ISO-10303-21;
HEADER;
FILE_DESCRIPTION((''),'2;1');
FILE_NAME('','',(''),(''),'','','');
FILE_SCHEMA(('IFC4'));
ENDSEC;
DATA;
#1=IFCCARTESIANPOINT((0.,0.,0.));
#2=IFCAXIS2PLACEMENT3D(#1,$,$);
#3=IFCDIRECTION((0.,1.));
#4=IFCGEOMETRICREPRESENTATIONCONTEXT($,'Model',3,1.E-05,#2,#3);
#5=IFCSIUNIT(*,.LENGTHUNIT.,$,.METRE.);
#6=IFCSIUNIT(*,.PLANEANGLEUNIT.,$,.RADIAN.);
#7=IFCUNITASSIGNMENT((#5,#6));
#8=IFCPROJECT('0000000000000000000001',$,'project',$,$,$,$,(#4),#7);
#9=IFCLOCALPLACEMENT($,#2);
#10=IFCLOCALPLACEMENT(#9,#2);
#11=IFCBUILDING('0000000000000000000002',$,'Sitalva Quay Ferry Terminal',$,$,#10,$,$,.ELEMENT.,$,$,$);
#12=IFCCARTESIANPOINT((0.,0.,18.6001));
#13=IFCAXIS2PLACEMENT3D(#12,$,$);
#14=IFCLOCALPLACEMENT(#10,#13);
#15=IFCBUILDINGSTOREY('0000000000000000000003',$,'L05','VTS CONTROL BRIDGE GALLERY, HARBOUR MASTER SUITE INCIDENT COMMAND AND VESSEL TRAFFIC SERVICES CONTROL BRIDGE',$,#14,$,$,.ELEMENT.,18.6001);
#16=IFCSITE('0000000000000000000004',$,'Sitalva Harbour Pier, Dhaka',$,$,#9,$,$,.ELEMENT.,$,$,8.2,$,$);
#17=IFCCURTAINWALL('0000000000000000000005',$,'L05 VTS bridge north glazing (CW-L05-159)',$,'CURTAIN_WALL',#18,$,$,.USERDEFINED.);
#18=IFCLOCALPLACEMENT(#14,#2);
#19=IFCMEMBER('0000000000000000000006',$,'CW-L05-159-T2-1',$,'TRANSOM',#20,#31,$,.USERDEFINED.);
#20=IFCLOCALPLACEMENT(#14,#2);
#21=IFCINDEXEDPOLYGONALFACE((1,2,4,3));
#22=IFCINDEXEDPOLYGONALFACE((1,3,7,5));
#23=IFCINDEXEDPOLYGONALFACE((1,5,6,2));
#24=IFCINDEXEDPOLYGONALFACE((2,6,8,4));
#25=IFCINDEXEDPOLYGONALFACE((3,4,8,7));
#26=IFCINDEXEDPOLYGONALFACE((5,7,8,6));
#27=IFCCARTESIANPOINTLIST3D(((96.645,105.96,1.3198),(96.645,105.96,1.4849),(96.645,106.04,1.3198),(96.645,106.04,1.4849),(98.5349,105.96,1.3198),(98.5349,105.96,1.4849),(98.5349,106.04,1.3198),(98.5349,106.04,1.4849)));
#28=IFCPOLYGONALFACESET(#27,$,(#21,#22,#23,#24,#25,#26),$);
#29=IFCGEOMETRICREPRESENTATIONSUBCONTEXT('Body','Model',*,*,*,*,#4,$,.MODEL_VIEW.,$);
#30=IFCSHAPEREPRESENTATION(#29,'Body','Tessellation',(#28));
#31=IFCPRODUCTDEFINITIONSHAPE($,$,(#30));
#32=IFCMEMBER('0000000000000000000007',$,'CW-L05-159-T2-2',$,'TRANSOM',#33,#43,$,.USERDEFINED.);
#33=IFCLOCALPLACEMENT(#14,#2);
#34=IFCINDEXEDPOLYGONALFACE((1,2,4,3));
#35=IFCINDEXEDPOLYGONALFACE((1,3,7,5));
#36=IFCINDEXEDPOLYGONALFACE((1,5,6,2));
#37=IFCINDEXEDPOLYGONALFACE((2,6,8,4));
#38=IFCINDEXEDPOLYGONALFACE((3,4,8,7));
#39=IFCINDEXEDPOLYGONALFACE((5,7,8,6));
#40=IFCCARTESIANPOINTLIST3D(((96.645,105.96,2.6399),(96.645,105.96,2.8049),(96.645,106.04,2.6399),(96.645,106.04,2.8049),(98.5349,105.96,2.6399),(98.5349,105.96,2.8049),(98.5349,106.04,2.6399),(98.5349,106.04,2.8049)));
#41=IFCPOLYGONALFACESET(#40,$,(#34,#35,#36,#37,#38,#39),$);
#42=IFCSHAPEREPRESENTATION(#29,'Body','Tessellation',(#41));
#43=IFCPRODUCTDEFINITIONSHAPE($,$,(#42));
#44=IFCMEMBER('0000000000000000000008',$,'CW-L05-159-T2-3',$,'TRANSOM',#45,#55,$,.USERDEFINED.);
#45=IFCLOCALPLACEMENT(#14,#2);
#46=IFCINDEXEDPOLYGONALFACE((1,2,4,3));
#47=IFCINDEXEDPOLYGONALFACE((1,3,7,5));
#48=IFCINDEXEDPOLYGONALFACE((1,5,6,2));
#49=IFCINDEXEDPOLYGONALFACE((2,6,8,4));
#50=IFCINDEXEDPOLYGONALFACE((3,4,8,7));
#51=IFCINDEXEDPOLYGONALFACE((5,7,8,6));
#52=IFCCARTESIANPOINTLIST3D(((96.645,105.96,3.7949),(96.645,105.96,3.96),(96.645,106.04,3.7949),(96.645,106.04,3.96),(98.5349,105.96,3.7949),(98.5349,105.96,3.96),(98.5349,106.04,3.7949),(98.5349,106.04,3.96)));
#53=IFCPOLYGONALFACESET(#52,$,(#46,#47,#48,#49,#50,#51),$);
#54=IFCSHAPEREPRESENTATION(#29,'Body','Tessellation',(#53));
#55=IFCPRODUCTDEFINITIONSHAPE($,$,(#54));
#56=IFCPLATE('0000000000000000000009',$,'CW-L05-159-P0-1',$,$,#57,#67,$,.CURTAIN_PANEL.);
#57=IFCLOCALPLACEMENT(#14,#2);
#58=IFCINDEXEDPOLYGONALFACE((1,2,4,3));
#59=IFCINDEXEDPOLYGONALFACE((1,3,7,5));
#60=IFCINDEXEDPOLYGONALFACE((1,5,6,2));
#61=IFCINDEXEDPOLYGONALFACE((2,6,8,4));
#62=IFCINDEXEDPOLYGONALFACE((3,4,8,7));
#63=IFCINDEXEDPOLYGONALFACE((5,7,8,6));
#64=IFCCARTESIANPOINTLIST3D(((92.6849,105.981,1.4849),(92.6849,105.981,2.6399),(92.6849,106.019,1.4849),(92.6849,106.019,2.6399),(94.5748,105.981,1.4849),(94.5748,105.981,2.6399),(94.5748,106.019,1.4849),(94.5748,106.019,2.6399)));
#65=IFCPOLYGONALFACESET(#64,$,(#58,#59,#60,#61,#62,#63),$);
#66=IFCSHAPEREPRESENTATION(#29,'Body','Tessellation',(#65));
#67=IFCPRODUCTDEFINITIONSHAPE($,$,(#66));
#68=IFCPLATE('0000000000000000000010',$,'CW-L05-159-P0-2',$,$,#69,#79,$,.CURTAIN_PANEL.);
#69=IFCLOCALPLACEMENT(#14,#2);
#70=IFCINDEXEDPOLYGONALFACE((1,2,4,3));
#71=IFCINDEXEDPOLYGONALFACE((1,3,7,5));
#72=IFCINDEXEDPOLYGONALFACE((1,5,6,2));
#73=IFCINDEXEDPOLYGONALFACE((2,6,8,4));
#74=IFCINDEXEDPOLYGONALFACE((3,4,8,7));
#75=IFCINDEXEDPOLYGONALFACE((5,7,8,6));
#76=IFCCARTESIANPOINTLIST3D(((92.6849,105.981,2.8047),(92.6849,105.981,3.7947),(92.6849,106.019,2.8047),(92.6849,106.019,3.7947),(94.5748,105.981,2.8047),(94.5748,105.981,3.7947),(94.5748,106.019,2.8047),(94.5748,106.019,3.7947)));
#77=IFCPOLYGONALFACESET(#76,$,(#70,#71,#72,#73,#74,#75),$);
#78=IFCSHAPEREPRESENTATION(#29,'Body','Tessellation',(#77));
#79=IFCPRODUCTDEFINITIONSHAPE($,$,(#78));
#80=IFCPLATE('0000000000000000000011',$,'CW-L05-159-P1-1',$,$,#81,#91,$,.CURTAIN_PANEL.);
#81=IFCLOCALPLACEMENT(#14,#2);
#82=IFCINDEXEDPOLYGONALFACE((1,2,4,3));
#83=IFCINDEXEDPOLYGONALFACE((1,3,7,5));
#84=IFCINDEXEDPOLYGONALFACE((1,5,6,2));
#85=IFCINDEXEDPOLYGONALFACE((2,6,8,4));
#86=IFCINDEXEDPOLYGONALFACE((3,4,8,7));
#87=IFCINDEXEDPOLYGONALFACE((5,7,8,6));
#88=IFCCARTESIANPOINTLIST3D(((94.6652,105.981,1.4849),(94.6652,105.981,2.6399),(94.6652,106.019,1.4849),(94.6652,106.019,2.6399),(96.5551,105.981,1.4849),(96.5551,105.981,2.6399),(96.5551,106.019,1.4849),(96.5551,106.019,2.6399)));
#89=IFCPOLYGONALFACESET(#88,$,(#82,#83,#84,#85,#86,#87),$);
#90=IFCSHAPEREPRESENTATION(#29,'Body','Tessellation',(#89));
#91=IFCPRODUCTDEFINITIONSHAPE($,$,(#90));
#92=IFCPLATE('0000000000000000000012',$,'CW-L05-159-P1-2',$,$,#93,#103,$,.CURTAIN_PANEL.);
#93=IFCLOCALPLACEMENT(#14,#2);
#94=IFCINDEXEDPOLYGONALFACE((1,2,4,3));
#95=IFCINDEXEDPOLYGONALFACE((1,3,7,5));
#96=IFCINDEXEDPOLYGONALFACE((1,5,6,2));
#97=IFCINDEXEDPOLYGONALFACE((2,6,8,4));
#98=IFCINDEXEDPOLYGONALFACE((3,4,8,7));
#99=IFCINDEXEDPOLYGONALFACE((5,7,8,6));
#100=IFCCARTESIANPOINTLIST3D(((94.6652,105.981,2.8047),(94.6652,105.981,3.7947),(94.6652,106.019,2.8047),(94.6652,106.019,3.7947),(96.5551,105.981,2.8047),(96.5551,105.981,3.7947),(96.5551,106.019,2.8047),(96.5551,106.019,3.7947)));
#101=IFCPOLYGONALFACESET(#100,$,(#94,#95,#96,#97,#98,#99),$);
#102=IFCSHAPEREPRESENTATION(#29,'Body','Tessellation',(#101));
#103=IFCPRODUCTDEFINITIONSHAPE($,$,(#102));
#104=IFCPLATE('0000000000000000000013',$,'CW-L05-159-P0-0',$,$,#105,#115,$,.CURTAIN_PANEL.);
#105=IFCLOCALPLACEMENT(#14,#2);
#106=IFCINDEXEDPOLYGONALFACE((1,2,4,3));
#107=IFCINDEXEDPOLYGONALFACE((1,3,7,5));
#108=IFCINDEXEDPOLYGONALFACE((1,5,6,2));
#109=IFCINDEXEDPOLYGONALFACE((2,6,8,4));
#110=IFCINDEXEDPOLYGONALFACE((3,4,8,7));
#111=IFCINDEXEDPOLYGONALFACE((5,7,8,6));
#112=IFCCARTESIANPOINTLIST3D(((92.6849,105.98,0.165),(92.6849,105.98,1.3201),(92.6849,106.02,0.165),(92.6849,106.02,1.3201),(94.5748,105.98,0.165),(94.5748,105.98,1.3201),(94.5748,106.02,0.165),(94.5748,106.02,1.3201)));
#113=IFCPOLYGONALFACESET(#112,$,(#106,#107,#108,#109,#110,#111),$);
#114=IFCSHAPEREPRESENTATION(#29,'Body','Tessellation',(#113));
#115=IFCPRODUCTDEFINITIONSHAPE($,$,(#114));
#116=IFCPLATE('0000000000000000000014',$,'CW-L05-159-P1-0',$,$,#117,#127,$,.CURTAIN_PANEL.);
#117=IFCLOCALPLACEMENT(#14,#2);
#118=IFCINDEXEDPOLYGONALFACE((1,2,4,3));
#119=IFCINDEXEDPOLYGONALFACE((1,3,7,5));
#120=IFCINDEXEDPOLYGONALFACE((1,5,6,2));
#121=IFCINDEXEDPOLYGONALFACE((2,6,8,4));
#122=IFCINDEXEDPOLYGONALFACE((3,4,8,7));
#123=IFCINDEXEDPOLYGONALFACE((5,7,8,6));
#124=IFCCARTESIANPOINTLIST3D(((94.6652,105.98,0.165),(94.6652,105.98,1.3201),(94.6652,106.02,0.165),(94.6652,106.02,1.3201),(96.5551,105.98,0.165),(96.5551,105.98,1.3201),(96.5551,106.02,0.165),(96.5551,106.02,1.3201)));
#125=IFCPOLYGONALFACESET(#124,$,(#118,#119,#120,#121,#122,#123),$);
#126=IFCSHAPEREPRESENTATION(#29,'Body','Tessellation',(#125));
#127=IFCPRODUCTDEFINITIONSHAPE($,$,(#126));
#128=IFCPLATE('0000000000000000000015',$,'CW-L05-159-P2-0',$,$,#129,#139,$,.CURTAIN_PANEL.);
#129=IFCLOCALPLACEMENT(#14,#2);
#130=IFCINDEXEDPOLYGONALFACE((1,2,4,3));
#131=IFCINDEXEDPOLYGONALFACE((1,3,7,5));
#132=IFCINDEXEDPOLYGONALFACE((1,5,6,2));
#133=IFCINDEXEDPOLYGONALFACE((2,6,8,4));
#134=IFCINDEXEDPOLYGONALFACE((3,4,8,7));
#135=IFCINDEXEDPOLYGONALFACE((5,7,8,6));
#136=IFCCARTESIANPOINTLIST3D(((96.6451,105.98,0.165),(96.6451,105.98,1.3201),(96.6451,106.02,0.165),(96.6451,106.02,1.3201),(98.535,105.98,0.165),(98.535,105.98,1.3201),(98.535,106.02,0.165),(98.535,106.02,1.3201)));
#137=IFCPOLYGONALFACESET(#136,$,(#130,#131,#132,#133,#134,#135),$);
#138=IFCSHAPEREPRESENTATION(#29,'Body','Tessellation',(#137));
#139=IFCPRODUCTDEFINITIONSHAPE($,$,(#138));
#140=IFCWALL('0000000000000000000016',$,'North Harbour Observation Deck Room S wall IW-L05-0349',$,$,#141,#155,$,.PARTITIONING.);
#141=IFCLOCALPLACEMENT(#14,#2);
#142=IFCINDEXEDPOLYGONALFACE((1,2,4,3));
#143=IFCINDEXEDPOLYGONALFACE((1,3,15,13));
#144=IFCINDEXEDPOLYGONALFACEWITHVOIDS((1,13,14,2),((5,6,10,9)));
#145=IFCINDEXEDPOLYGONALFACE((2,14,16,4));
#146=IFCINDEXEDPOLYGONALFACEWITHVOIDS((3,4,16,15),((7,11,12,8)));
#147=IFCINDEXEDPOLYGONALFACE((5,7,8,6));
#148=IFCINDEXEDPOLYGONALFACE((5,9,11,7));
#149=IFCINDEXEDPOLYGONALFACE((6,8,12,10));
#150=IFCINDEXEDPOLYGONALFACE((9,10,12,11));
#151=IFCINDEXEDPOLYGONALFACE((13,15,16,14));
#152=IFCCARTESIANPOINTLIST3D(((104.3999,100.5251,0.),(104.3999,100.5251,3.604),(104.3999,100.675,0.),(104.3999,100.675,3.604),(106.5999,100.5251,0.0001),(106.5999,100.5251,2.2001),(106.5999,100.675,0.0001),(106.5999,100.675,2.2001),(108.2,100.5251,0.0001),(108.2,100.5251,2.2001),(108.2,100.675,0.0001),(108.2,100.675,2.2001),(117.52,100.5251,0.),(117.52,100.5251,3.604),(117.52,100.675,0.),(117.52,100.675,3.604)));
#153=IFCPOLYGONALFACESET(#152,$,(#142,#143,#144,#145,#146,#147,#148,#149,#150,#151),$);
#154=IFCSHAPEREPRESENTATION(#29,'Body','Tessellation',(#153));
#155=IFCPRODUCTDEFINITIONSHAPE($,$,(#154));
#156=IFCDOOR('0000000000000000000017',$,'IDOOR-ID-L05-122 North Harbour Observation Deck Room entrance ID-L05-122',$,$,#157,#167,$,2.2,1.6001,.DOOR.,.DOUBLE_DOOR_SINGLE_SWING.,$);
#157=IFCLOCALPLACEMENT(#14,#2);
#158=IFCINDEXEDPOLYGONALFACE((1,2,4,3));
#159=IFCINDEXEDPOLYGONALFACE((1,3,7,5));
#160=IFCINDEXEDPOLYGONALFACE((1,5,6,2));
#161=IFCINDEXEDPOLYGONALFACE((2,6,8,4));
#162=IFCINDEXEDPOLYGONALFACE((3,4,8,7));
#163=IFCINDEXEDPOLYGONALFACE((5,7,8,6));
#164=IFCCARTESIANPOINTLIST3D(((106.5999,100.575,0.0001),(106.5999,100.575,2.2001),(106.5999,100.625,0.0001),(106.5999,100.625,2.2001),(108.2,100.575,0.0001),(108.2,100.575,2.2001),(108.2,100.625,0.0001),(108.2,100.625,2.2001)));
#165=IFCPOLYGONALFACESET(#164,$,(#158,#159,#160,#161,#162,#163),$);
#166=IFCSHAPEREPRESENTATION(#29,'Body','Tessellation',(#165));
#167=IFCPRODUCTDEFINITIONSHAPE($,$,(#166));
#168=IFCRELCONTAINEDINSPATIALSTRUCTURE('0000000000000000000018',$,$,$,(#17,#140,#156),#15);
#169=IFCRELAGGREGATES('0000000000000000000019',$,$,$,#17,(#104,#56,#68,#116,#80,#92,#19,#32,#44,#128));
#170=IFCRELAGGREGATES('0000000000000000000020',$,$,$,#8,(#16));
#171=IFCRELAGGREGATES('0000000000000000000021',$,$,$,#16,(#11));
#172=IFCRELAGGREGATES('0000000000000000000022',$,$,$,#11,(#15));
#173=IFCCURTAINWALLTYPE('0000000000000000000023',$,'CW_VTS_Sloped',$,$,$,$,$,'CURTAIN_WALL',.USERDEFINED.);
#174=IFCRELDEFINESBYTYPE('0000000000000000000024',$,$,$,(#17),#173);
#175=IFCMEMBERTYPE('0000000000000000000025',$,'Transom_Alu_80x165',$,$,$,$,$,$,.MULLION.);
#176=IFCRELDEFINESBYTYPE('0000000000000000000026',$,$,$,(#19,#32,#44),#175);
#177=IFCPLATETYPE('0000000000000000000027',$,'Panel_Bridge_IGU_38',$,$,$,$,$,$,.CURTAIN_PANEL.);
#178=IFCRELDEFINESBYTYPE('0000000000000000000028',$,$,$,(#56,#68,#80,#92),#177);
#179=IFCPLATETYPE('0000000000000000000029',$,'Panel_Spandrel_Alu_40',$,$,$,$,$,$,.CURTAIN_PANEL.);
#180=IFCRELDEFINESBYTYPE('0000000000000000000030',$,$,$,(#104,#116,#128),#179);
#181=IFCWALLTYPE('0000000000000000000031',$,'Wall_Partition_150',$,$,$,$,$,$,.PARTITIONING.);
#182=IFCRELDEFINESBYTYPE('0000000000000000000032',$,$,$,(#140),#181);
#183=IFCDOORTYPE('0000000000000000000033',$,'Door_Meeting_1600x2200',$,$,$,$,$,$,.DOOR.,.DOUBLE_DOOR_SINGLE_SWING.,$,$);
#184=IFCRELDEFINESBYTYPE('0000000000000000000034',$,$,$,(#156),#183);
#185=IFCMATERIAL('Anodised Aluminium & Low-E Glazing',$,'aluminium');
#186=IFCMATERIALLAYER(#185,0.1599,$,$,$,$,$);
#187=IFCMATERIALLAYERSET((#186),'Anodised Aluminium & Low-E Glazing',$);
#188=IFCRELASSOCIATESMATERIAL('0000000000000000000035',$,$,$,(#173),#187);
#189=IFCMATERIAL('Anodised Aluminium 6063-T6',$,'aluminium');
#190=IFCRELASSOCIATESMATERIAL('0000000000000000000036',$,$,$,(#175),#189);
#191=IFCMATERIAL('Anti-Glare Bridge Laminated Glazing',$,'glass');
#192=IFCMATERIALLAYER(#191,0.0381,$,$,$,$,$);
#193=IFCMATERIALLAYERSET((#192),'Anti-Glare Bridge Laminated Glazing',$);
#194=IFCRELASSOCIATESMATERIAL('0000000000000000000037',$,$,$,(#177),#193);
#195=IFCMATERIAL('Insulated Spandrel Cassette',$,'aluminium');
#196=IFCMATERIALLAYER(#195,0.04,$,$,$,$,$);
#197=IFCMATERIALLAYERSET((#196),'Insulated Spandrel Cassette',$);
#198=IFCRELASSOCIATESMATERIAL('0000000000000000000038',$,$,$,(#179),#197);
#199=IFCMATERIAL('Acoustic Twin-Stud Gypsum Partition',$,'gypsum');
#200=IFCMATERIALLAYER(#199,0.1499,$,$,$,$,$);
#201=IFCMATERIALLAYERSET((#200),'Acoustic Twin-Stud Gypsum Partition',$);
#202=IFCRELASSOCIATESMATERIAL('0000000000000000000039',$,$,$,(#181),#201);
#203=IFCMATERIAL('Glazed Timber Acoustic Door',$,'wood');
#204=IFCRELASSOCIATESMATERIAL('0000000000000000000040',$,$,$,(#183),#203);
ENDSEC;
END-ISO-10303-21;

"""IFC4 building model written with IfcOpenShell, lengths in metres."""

from ifc_helpers import new_model, si_unit, direction, frame, frame_2d, origin, origin_2d, place, context, subcontext, project, spatial, rectangle, extrude, material, layer, layer_set, material_profile, profile_set, type_object, element, fill, aggregate, save


model = new_model("IFC4")

# Units and contexts
model_context = context("Model", 3, precision=1e-05, world=origin(), true_north=direction((0.0, 1.0)))
body_context = subcontext(model_context, "Body", "Model", "MODEL_VIEW")
ifc_project = project(units=[si_unit("LENGTHUNIT", "METRE"), si_unit("PLANEANGLEUNIT", "RADIAN")], contexts=[model_context])

# Site, building, storey
site_placement = place(None, origin())
site = spatial("IfcSite", under=ifc_project, at=site_placement, Name="Sitalva Harbour Pier, Dhaka", CompositionType="ELEMENT", RefElevation=8.2)
building_placement = place(site_placement, origin())
building = spatial("IfcBuilding", under=site, at=building_placement, Name="Sitalva Quay Ferry Terminal", CompositionType="ELEMENT")
storey_placement = place(building_placement, frame((0.0, 0.0, 18.6001)))
storey = spatial("IfcBuildingStorey", under=building, at=storey_placement, Name="L05", Description="VTS CONTROL BRIDGE GALLERY, HARBOUR MASTER SUITE INCIDENT COMMAND AND VESSEL TRAFFIC SERVICES CONTROL BRIDGE", CompositionType="ELEMENT", Elevation=18.6001)

# Curtain wall, members, plates
ifc_material_1 = material(Name="Anodised Aluminium & Low-E Glazing", Category="aluminium")
ifc_layer_1 = layer(ifc_material_1, 0.1599)
ifc_layer_set_1 = layer_set([ifc_layer_1], Name="Anodised Aluminium & Low-E Glazing")
curtain_wall_type = type_object("IfcCurtainWallType", Name="CW_VTS_Sloped", ElementType="CURTAIN_WALL", PredefinedType="USERDEFINED", material=ifc_layer_set_1)
curtain_wall_placement = place(storey_placement, origin())
curtain_wall = element("IfcCurtainWall", 1, at=curtain_wall_placement, inside=storey, type_object=curtain_wall_type, Name="L05 VTS bridge north glazing (CW-L05-159)", ObjectType="CURTAIN_WALL", PredefinedType="USERDEFINED")
ifc_material_2 = material(Name="Anodised Aluminium 6063-T6", Category="aluminium")
ifc_material_profile_1 = material_profile(ifc_material_2, rectangle(XDim=0.0801, YDim=0.165, at=origin_2d()), Name="ALU80x165")
ifc_profile_set_1 = profile_set([ifc_material_profile_1], Name="Anodised Aluminium 6063-T6")
member_type_1 = type_object("IfcMemberType", Name="Transom_Alu_80x165", PredefinedType="MULLION", material=ifc_profile_set_1)
member_1_placement = place(storey_placement, frame((96.645, 106.0, 1.4023), z_axis=(1.0, 0.0, 0.0), x_axis=(0.0, 1.0, 0.0)))
member_1 = element("IfcMember", 2, at=member_1_placement, type_object=member_type_1, Name="CW-L05-159-T2-1", ObjectType="TRANSOM", PredefinedType="USERDEFINED", context=body_context, shape_type="SweptSolid", body=[
    extrude(rectangle(XDim=0.0801, YDim=0.165, at=origin_2d()), origin(), (0.0, 0.0, 1.0), 1.8899),
])
member_2_placement = place(storey_placement, frame((96.645, 106.0, 2.7224), z_axis=(1.0, 0.0, 0.0), x_axis=(0.0, 1.0, 0.0)))
member_2 = element("IfcMember", 3, at=member_2_placement, type_object=member_type_1, Name="CW-L05-159-T2-2", ObjectType="TRANSOM", PredefinedType="USERDEFINED", context=body_context, shape_type="SweptSolid", body=[
    extrude(rectangle(XDim=0.0801, YDim=0.165, at=origin_2d()), origin(), (0.0, 0.0, 1.0), 1.8899),
])
member_3_placement = place(storey_placement, frame((96.645, 106.0, 3.8774), z_axis=(1.0, 0.0, 0.0), x_axis=(0.0, 1.0, 0.0)))
member_3 = element("IfcMember", 4, at=member_3_placement, type_object=member_type_1, Name="CW-L05-159-T2-3", ObjectType="TRANSOM", PredefinedType="USERDEFINED", context=body_context, shape_type="SweptSolid", body=[
    extrude(rectangle(XDim=0.0801, YDim=0.165, at=origin_2d()), origin(), (0.0, 0.0, 1.0), 1.8899),
])
ifc_material_3 = material(Name="Anti-Glare Bridge Laminated Glazing", Category="glass")
ifc_layer_2 = layer(ifc_material_3, 0.0381)
ifc_layer_set_2 = layer_set([ifc_layer_2], Name="Anti-Glare Bridge Laminated Glazing")
plate_type_1 = type_object("IfcPlateType", Name="Panel_Bridge_IGU_38", PredefinedType="CURTAIN_PANEL", material=ifc_layer_set_2)
plate_1_placement = place(storey_placement, frame((93.6299, 106.0, 1.4849), z_axis=(0.0, 0.0, 1.0), x_axis=(1.0, 0.0, 0.0)))
plate_1 = element("IfcPlate", 5, at=plate_1_placement, type_object=plate_type_1, Name="CW-L05-159-P0-1", PredefinedType="CURTAIN_PANEL", context=body_context, shape_type="SweptSolid", body=[
    extrude(rectangle(XDim=1.8899, YDim=0.0381, at=origin_2d()), origin(), (0.0, 0.0, 1.0), 1.155),
])
plate_2_placement = place(storey_placement, frame((93.6299, 106.0, 2.8047), z_axis=(0.0, 0.0, 1.0), x_axis=(1.0, 0.0, 0.0)))
plate_2 = element("IfcPlate", 6, at=plate_2_placement, type_object=plate_type_1, Name="CW-L05-159-P0-2", PredefinedType="CURTAIN_PANEL", context=body_context, shape_type="SweptSolid", body=[
    extrude(rectangle(XDim=1.8899, YDim=0.0381, at=origin_2d()), origin(), (0.0, 0.0, 1.0), 0.99),
])
plate_3_placement = place(storey_placement, frame((95.6101, 106.0, 1.4849), z_axis=(0.0, 0.0, 1.0), x_axis=(1.0, 0.0, 0.0)))
plate_3 = element("IfcPlate", 7, at=plate_3_placement, type_object=plate_type_1, Name="CW-L05-159-P1-1", PredefinedType="CURTAIN_PANEL", context=body_context, shape_type="SweptSolid", body=[
    extrude(rectangle(XDim=1.8899, YDim=0.0381, at=origin_2d()), origin(), (0.0, 0.0, 1.0), 1.155),
])
plate_4_placement = place(storey_placement, frame((95.6101, 106.0, 2.8047), z_axis=(0.0, 0.0, 1.0), x_axis=(1.0, 0.0, 0.0)))
plate_4 = element("IfcPlate", 8, at=plate_4_placement, type_object=plate_type_1, Name="CW-L05-159-P1-2", PredefinedType="CURTAIN_PANEL", context=body_context, shape_type="SweptSolid", body=[
    extrude(rectangle(XDim=1.8899, YDim=0.0381, at=origin_2d()), origin(), (0.0, 0.0, 1.0), 0.99),
])
ifc_material_4 = material(Name="Insulated Spandrel Cassette", Category="aluminium")
ifc_layer_3 = layer(ifc_material_4, 0.04)
ifc_layer_set_3 = layer_set([ifc_layer_3], Name="Insulated Spandrel Cassette")
plate_type_2 = type_object("IfcPlateType", Name="Panel_Spandrel_Alu_40", PredefinedType="CURTAIN_PANEL", material=ifc_layer_set_3)
plate_5_placement = place(storey_placement, frame((93.6299, 106.0, 0.165), z_axis=(0.0, 0.0, 1.0), x_axis=(1.0, 0.0, 0.0)))
plate_5 = element("IfcPlate", 9, at=plate_5_placement, type_object=plate_type_2, Name="CW-L05-159-P0-0", PredefinedType="CURTAIN_PANEL", context=body_context, shape_type="SweptSolid", body=[
    extrude(rectangle(XDim=1.8899, YDim=0.04, at=origin_2d()), origin(), (0.0, 0.0, 1.0), 1.155),
])
plate_6_placement = place(storey_placement, frame((95.6101, 106.0, 0.165), z_axis=(0.0, 0.0, 1.0), x_axis=(1.0, 0.0, 0.0)))
plate_6 = element("IfcPlate", 10, at=plate_6_placement, type_object=plate_type_2, Name="CW-L05-159-P1-0", PredefinedType="CURTAIN_PANEL", context=body_context, shape_type="SweptSolid", body=[
    extrude(rectangle(XDim=1.8899, YDim=0.04, at=origin_2d()), origin(), (0.0, 0.0, 1.0), 1.155),
])
plate_7_placement = place(storey_placement, frame((97.5901, 106.0, 0.165), z_axis=(0.0, 0.0, 1.0), x_axis=(1.0, 0.0, 0.0)))
plate_7 = element("IfcPlate", 11, at=plate_7_placement, type_object=plate_type_2, Name="CW-L05-159-P2-0", PredefinedType="CURTAIN_PANEL", context=body_context, shape_type="SweptSolid", body=[
    extrude(rectangle(XDim=1.8899, YDim=0.04, at=origin_2d()), origin(), (0.0, 0.0, 1.0), 1.155),
])
aggregate(curtain_wall, [plate_5, plate_1, plate_2, plate_6, plate_3, plate_4, member_1, member_2, member_3, plate_7])

# Wall, opening, door
ifc_material_5 = material(Name="Acoustic Twin-Stud Gypsum Partition", Category="gypsum")
ifc_layer_4 = layer(ifc_material_5, 0.1499)
ifc_layer_set_4 = layer_set([ifc_layer_4], Name="Acoustic Twin-Stud Gypsum Partition")
wall_type = type_object("IfcWallType", Name="Wall_Partition_150", PredefinedType="PARTITIONING", material=ifc_layer_set_4)
wall_1_placement = place(storey_placement, frame((104.3999, 100.6001, 0.0), z_axis=(0.0, 0.0, 1.0), x_axis=(1.0, 0.0, 0.0)))
wall_1 = element("IfcWall", 12, at=wall_1_placement, inside=storey, type_object=wall_type, Name="North Harbour Observation Deck Room S wall IW-L05-0349", PredefinedType="PARTITIONING", context=body_context, shape_type="SweptSolid", body=[
    extrude(rectangle(XDim=13.1201, YDim=0.1499, at=frame_2d((6.5601, 0.0))), origin(), (0.0, 0.0, 1.0), 3.604),
])
opening_placement = place(wall_1_placement, frame((2.2, 0.0, 0.0)))
opening = element("IfcOpeningElement", 13, at=opening_placement, cuts=wall_1, PredefinedType="OPENING", context=body_context, shape_type="SweptSolid", body=[
    extrude(rectangle(XDim=1.6001, YDim=2.2, at=frame_2d((0.8, 1.1001))), frame((0.0, 0.085, 0.0), z_axis=(0.0, -1.0, 0.0), x_axis=(1.0, 0.0, 0.0)), (0.0, 0.0, 1.0), 0.1699),
])
ifc_material_6 = material(Name="Glazed Timber Acoustic Door", Category="wood")
door_type = type_object("IfcDoorType", Name="Door_Meeting_1600x2200", OperationType="DOUBLE_DOOR_SINGLE_SWING", PredefinedType="DOOR", material=ifc_material_6)
door_placement = place(opening_placement, origin())
door = element("IfcDoor", 14, at=door_placement, inside=storey, type_object=door_type, Name="IDOOR-ID-L05-122 North Harbour Observation Deck Room entrance ID-L05-122", OperationType="DOUBLE_DOOR_SINGLE_SWING", OverallHeight=2.2, OverallWidth=1.6001, PredefinedType="DOOR", context=body_context, shape_type="SweptSolid", body=[
    extrude(rectangle(XDim=1.6001, YDim=2.2, at=frame_2d((0.8, 1.1001))), frame((0.0, 0.0249, 0.0), z_axis=(0.0, -1.0, 0.0), x_axis=(1.0, 0.0, 0.0)), (0.0, 0.0, 1.0), 0.05),
])
fill(opening, door)

save(model, "model.ifc")
